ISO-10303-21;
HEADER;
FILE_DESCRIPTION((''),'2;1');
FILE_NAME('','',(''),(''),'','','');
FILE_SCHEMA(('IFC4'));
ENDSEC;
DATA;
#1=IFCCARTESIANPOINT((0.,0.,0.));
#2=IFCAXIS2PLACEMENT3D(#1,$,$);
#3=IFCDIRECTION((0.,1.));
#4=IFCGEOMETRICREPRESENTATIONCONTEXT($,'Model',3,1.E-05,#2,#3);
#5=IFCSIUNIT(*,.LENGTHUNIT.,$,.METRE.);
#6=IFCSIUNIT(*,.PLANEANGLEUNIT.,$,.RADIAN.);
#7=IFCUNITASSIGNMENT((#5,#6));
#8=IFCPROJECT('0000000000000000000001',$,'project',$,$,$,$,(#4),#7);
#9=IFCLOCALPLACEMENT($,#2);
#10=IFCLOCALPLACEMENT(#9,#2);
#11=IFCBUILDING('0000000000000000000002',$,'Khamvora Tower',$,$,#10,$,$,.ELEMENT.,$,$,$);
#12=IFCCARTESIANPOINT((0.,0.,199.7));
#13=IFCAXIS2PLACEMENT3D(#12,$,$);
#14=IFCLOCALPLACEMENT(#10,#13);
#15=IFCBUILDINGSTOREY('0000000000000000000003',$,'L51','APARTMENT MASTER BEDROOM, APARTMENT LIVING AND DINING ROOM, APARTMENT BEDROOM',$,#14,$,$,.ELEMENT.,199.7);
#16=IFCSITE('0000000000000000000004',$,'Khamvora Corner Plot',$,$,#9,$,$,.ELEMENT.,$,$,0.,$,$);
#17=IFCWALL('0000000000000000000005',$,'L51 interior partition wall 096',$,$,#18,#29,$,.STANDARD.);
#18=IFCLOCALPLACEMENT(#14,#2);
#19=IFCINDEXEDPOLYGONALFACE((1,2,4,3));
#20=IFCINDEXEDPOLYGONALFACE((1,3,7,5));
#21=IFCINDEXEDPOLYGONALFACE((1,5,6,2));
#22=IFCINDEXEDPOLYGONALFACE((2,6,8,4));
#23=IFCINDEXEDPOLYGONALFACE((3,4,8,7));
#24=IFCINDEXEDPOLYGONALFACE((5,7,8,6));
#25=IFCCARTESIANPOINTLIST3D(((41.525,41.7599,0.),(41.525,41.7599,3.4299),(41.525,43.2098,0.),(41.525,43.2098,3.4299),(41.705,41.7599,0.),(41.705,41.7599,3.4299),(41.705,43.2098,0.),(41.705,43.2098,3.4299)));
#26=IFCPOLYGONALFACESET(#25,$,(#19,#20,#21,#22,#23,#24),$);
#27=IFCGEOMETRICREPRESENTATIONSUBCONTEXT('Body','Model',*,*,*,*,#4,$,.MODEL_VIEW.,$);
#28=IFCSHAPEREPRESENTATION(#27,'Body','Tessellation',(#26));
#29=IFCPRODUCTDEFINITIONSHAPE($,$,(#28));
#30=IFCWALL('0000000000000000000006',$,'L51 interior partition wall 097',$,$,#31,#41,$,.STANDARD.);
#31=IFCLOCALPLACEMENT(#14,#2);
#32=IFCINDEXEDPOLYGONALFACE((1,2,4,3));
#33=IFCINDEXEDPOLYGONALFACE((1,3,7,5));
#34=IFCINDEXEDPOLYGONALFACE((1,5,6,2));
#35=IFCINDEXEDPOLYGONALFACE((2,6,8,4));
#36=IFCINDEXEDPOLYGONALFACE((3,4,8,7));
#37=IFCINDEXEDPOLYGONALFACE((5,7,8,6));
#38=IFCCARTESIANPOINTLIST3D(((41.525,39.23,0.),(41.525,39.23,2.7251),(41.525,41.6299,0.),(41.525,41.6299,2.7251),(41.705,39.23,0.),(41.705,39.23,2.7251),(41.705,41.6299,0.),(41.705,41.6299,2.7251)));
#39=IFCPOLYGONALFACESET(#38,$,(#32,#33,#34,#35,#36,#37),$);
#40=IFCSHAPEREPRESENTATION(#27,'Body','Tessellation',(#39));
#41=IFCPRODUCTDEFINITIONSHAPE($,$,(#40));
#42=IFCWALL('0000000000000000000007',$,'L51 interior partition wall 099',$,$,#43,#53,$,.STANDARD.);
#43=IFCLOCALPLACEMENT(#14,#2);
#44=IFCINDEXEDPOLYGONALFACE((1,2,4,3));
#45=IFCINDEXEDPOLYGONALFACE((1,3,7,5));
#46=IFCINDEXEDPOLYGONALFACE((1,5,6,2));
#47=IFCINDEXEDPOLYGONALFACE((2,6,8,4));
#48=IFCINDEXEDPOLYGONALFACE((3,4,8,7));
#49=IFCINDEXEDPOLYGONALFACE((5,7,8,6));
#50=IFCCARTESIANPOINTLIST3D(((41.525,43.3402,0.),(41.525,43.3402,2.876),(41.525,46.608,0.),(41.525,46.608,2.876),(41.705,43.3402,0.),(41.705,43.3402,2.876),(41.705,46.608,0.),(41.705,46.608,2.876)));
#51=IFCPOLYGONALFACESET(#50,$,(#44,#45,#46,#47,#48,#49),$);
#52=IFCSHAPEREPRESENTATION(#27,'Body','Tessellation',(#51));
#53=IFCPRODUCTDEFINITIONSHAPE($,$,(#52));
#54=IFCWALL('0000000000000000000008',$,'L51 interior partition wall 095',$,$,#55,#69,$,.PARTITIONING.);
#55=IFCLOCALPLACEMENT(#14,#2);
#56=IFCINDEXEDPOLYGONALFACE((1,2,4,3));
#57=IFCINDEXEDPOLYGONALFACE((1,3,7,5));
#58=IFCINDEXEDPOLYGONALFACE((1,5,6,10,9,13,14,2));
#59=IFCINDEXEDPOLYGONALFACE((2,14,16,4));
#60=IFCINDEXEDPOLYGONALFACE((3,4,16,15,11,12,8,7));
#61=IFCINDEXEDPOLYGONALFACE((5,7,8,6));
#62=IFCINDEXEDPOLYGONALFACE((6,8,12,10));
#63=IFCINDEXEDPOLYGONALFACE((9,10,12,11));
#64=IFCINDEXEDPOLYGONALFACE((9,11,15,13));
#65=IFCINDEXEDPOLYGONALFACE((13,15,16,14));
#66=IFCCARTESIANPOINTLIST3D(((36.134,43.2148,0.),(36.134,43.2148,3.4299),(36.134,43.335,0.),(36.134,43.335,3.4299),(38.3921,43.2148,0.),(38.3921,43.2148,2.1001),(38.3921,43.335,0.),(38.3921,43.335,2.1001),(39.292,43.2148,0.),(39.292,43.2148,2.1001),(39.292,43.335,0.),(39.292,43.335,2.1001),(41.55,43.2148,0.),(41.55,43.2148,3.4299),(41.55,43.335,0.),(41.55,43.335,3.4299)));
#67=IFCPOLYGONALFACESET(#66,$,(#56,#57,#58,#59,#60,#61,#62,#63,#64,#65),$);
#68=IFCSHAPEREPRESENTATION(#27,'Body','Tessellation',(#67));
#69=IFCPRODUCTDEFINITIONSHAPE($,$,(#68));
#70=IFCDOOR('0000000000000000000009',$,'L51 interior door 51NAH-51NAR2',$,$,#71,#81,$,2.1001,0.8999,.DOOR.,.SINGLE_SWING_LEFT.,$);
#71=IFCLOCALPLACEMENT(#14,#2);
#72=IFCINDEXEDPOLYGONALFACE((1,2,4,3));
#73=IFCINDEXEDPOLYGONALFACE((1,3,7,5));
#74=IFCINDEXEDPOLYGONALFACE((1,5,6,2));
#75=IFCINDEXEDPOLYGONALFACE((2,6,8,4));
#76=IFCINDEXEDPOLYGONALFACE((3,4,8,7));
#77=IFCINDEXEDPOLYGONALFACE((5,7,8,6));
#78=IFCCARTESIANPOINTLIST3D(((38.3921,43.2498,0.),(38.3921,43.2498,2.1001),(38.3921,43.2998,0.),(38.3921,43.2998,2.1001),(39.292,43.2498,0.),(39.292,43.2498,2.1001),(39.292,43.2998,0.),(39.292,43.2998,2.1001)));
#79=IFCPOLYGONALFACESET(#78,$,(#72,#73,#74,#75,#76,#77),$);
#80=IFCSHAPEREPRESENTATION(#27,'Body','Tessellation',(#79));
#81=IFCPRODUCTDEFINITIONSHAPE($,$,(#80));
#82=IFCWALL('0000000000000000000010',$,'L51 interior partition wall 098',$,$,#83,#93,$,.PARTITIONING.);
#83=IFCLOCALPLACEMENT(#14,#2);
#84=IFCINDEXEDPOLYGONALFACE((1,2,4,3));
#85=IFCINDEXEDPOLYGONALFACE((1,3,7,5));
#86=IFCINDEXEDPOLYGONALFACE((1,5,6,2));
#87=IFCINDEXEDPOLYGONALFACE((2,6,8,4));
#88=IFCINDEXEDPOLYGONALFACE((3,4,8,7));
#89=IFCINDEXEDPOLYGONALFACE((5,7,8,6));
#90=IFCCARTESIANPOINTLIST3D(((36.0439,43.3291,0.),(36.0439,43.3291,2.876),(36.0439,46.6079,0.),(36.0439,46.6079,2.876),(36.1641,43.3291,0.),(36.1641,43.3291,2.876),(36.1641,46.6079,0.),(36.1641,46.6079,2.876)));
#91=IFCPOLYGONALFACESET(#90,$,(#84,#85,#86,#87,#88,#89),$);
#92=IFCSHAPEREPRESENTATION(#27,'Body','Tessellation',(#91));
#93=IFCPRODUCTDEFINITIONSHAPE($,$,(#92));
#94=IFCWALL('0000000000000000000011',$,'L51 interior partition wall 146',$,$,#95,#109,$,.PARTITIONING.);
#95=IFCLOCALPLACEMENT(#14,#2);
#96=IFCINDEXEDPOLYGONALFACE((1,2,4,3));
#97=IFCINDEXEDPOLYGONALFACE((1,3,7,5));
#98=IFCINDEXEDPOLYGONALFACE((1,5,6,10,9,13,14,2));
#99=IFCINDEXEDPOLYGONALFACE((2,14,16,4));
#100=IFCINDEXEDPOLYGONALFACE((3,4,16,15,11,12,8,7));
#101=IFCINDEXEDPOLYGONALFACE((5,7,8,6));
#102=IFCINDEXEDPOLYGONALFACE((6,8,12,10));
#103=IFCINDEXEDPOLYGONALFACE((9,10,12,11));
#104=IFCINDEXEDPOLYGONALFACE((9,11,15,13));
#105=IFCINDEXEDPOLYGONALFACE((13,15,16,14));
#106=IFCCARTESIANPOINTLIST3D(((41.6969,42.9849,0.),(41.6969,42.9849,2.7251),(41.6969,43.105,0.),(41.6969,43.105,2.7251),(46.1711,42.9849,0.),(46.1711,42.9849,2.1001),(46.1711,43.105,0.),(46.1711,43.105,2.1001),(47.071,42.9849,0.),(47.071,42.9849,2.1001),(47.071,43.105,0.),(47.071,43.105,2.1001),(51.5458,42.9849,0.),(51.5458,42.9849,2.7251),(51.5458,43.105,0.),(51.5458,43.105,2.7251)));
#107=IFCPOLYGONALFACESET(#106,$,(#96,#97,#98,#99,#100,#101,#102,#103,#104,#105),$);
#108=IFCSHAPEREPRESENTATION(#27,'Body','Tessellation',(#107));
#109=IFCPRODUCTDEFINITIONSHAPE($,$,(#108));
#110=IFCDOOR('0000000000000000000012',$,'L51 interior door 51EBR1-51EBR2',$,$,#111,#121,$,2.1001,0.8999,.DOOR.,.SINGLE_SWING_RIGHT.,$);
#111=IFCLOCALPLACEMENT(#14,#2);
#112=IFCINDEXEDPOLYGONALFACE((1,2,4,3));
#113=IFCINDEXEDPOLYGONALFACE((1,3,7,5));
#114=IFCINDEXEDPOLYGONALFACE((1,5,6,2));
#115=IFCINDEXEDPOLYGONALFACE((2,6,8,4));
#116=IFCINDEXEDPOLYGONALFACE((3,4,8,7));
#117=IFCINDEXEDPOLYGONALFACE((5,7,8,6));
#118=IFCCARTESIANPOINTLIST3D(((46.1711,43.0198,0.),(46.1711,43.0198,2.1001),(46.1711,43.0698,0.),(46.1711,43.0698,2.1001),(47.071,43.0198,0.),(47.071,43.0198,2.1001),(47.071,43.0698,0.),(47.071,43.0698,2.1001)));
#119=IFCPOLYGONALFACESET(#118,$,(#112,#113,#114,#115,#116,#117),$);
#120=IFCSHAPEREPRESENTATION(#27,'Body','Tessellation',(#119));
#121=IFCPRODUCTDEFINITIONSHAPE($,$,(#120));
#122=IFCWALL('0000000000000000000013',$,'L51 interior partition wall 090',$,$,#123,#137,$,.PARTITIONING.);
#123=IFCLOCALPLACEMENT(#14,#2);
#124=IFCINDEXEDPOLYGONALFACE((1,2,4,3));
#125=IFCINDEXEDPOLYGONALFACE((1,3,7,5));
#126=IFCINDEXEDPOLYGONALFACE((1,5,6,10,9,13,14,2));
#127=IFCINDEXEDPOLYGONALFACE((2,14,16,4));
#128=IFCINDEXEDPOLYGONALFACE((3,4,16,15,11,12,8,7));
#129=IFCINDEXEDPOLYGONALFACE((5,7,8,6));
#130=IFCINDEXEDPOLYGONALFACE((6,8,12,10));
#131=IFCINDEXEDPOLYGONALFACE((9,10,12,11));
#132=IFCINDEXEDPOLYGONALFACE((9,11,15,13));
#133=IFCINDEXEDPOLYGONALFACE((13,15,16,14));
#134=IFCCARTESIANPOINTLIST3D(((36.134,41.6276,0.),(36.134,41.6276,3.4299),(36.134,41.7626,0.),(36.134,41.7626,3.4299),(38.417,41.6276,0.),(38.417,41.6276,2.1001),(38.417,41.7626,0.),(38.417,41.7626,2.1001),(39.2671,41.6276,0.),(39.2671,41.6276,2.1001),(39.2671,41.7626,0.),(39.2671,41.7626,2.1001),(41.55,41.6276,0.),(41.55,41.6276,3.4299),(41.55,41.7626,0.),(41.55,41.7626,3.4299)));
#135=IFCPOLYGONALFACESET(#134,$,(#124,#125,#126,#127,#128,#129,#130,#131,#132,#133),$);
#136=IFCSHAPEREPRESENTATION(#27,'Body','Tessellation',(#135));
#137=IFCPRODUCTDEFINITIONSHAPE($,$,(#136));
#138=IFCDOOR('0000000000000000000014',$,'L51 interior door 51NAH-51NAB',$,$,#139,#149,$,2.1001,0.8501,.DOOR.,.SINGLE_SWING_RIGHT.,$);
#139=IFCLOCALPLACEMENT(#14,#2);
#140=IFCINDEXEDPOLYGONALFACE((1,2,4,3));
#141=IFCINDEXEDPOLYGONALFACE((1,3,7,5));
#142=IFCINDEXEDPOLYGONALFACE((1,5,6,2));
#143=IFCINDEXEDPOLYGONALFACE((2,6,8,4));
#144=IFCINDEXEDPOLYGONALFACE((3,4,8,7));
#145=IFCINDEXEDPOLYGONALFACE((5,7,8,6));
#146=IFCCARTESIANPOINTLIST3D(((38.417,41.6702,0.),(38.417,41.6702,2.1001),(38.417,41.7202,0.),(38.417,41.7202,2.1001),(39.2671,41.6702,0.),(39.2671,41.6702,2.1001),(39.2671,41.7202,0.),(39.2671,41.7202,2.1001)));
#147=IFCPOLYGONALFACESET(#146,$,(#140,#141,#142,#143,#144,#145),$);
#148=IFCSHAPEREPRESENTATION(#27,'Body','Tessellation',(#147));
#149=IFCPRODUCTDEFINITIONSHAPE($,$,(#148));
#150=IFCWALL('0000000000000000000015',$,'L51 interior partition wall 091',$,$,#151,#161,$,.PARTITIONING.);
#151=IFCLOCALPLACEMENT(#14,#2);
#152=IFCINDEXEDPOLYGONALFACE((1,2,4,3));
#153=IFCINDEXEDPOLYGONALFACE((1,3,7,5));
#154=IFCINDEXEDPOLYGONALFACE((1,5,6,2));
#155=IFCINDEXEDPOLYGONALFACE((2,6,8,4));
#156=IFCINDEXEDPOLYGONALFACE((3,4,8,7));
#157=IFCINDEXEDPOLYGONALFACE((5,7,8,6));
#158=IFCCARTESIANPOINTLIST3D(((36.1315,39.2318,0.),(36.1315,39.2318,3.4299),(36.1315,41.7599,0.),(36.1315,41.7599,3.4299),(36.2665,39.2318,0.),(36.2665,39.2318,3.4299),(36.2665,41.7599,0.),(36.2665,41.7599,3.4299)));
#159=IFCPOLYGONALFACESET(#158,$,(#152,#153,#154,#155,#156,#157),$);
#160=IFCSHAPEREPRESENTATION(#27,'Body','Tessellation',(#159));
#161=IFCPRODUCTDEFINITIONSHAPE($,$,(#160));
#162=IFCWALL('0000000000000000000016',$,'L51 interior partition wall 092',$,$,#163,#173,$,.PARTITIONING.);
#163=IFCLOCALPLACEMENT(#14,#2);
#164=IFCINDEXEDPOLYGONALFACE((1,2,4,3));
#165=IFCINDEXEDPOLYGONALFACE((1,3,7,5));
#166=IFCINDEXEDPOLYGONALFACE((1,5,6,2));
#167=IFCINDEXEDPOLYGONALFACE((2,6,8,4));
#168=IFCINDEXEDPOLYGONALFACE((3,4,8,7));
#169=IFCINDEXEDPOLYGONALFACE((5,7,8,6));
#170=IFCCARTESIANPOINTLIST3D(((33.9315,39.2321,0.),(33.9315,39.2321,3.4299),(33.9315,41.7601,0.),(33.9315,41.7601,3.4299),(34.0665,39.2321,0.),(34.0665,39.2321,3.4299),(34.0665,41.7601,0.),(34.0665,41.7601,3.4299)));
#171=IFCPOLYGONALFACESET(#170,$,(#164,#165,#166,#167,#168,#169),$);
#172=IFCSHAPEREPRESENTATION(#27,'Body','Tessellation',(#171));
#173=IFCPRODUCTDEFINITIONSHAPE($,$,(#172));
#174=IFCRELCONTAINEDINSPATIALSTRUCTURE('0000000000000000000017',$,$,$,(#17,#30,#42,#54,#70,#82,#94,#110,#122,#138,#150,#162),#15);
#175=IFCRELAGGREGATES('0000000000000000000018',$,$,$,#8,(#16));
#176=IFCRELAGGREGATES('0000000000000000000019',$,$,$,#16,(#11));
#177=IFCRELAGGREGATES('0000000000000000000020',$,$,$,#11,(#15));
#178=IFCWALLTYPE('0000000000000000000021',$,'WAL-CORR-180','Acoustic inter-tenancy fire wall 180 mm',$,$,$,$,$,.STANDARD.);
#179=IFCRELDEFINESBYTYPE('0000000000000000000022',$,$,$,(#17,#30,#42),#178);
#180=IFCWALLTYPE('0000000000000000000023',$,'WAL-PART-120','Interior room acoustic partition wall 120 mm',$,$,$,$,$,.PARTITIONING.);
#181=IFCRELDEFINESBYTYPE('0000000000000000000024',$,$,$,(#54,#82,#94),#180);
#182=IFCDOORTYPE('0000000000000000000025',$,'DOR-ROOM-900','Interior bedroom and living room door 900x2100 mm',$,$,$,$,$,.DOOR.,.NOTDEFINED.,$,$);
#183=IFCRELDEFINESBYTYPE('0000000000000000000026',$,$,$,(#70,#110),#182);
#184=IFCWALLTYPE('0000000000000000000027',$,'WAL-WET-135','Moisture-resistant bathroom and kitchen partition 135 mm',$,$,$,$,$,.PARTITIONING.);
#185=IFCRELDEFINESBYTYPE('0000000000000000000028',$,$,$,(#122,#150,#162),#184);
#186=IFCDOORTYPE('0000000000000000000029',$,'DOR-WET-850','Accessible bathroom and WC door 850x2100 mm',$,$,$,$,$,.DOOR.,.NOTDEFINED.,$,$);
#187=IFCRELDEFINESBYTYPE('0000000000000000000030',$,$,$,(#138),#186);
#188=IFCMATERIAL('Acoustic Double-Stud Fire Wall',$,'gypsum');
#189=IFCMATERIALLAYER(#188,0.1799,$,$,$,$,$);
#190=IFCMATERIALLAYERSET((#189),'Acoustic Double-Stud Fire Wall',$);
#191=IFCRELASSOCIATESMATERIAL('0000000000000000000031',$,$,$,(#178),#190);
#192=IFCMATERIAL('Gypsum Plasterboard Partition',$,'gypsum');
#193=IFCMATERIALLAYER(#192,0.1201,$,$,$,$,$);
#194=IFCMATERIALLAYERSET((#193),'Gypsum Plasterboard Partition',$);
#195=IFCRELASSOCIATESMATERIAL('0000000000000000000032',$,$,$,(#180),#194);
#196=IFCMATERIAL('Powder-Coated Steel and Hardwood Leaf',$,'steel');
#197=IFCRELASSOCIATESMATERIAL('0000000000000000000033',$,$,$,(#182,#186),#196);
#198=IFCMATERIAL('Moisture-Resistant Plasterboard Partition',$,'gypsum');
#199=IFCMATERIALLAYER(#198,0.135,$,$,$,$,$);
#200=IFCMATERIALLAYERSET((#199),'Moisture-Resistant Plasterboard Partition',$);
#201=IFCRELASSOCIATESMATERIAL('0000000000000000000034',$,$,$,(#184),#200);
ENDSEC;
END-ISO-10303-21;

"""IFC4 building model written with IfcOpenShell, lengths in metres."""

from ifc_helpers import new_model, si_unit, direction, frame, frame_2d, origin, place, context, subcontext, project, spatial, rectangle, extrude, material, layer, layer_set, type_object, element, fill, save


model = new_model("IFC4")

# Units and contexts
model_context = context("Model", 3, precision=1e-05, world=origin(), true_north=direction((0.0, 1.0)))
body_context = subcontext(model_context, "Body", "Model", "MODEL_VIEW")
ifc_project = project(units=[si_unit("LENGTHUNIT", "METRE"), si_unit("PLANEANGLEUNIT", "RADIAN")], contexts=[model_context])

# Site, building, storey
site_placement = place(None, origin())
site = spatial("IfcSite", under=ifc_project, at=site_placement, Name="Khamvora Corner Plot", CompositionType="ELEMENT", RefElevation=0.0)
building_placement = place(site_placement, origin())
building = spatial("IfcBuilding", under=site, at=building_placement, Name="Khamvora Tower", CompositionType="ELEMENT")
storey_placement = place(building_placement, frame((0.0, 0.0, 199.7)))
storey = spatial("IfcBuildingStorey", under=building, at=storey_placement, Name="L51", Description="APARTMENT MASTER BEDROOM, APARTMENT LIVING AND DINING ROOM, APARTMENT BEDROOM", CompositionType="ELEMENT", Elevation=199.7)

# Shared definitions
ifc_material_1 = material(Name="Powder-Coated Steel and Hardwood Leaf", Category="steel")

# Walls
ifc_material_2 = material(Name="Acoustic Double-Stud Fire Wall", Category="gypsum")
ifc_layer_1 = layer(ifc_material_2, 0.1799)
ifc_layer_set_1 = layer_set([ifc_layer_1], Name="Acoustic Double-Stud Fire Wall")
wall_type_1 = type_object("IfcWallType", Name="WAL-CORR-180", Description="Acoustic inter-tenancy fire wall 180 mm", PredefinedType="STANDARD", material=ifc_layer_set_1)
wall_1_placement = place(storey_placement, frame((41.615, 43.21, 0.0), z_axis=(0.0, 0.0, 1.0), x_axis=(0.0, -1.0, 0.0)))
element("IfcWall", 1, at=wall_1_placement, inside=storey, type_object=wall_type_1, Name="L51 interior partition wall 096", PredefinedType="STANDARD", context=body_context, shape_type="SweptSolid", body=[
    extrude(rectangle(XDim=1.45, YDim=0.1799, at=frame_2d((0.7251, 0.0))), origin(), (0.0, 0.0, 1.0), 3.4299),
])
wall_2_placement = place(storey_placement, frame((41.615, 41.6299, 0.0), z_axis=(0.0, 0.0, 1.0), x_axis=(0.0, -1.0, 0.0)))
element("IfcWall", 2, at=wall_2_placement, inside=storey, type_object=wall_type_1, Name="L51 interior partition wall 097", PredefinedType="STANDARD", context=body_context, shape_type="SweptSolid", body=[
    extrude(rectangle(XDim=2.3999, YDim=0.1799, at=frame_2d((1.2, 0.0))), origin(), (0.0, 0.0, 1.0), 2.7251),
])
wall_3_placement = place(storey_placement, frame((41.615, 46.6079, 0.0), z_axis=(0.0, 0.0, 1.0), x_axis=(0.0, -1.0, 0.0)))
element("IfcWall", 3, at=wall_3_placement, inside=storey, type_object=wall_type_1, Name="L51 interior partition wall 099", PredefinedType="STANDARD", context=body_context, shape_type="SweptSolid", body=[
    extrude(rectangle(XDim=3.2678, YDim=0.1799, at=frame_2d((1.6338, 0.0))), origin(), (0.0, 0.0, 1.0), 2.876),
])

# Wall, opening, door
ifc_material_3 = material(Name="Gypsum Plasterboard Partition", Category="gypsum")
ifc_layer_2 = layer(ifc_material_3, 0.1201)
ifc_layer_set_2 = layer_set([ifc_layer_2], Name="Gypsum Plasterboard Partition")
wall_type_2 = type_object("IfcWallType", Name="WAL-PART-120", Description="Interior room acoustic partition wall 120 mm", PredefinedType="PARTITIONING", material=ifc_layer_set_2)
wall_4_placement = place(storey_placement, frame((36.134, 43.2749, 0.0), z_axis=(0.0, 0.0, 1.0), x_axis=(1.0, 0.0, 0.0)))
wall_4 = element("IfcWall", 4, at=wall_4_placement, inside=storey, type_object=wall_type_2, Name="L51 interior partition wall 095", PredefinedType="PARTITIONING", context=body_context, shape_type="SweptSolid", body=[
    extrude(rectangle(XDim=5.416, YDim=0.1201, at=frame_2d((2.708, 0.0))), origin(), (0.0, 0.0, 1.0), 3.4299),
])
opening_1_placement = place(wall_4_placement, frame((2.2581, 0.0, 0.0)))
opening_1 = element("IfcOpeningElement", 5, at=opening_1_placement, cuts=wall_4, PredefinedType="OPENING", context=body_context, shape_type="SweptSolid", body=[
    extrude(rectangle(XDim=0.8999, YDim=2.1001, at=frame_2d((0.45, 1.05))), frame((0.0, 0.0701, 0.0), z_axis=(0.0, -1.0, 0.0), x_axis=(1.0, 0.0, 0.0)), (0.0, 0.0, 1.0), 0.1401),
])
door_type_1 = type_object("IfcDoorType", Name="DOR-ROOM-900", Description="Interior bedroom and living room door 900x2100 mm", OperationType="NOTDEFINED", PredefinedType="DOOR", material=ifc_material_1)
door_1_placement = place(opening_1_placement, origin())
door_1 = element("IfcDoor", 6, at=door_1_placement, inside=storey, type_object=door_type_1, Name="L51 interior door 51NAH-51NAR2", OperationType="SINGLE_SWING_LEFT", OverallHeight=2.1001, OverallWidth=0.8999, PredefinedType="DOOR", context=body_context, shape_type="SweptSolid", body=[
    extrude(rectangle(XDim=0.8999, YDim=2.1001, at=frame_2d((0.45, 1.05))), frame((0.0, 0.0249, 0.0), z_axis=(0.0, -1.0, 0.0), x_axis=(1.0, 0.0, 0.0)), (0.0, 0.0, 1.0), 0.05),
])
fill(opening_1, door_1)

# Wall
wall_5_placement = place(storey_placement, frame((36.104, 46.6079, 0.0), z_axis=(0.0, 0.0, 1.0), x_axis=(0.0, -1.0, 0.0)))
element("IfcWall", 7, at=wall_5_placement, inside=storey, type_object=wall_type_2, Name="L51 interior partition wall 098", PredefinedType="PARTITIONING", context=body_context, shape_type="SweptSolid", body=[
    extrude(rectangle(XDim=3.2788, YDim=0.1201, at=frame_2d((1.6394, 0.0))), origin(), (0.0, 0.0, 1.0), 2.876),
])

# Walls, openings, doors
wall_6_placement = place(storey_placement, frame((41.697, 43.0449, 0.0), z_axis=(0.0, 0.0, 1.0), x_axis=(1.0, 0.0, 0.0)))
wall_6 = element("IfcWall", 8, at=wall_6_placement, inside=storey, type_object=wall_type_2, Name="L51 interior partition wall 146", PredefinedType="PARTITIONING", context=body_context, shape_type="SweptSolid", body=[
    extrude(rectangle(XDim=9.8489, YDim=0.1201, at=frame_2d((4.9243, 0.0))), origin(), (0.0, 0.0, 1.0), 2.7251),
])
opening_2_placement = place(wall_6_placement, frame((4.4741, 0.0, 0.0)))
opening_2 = element("IfcOpeningElement", 9, at=opening_2_placement, cuts=wall_6, PredefinedType="OPENING", context=body_context, shape_type="SweptSolid", body=[
    extrude(rectangle(XDim=0.8999, YDim=2.1001, at=frame_2d((0.45, 1.05))), frame((0.0, 0.0701, 0.0), z_axis=(0.0, -1.0, 0.0), x_axis=(1.0, 0.0, 0.0)), (0.0, 0.0, 1.0), 0.1401),
])
door_2_placement = place(opening_2_placement, origin())
door_2 = element("IfcDoor", 10, at=door_2_placement, inside=storey, type_object=door_type_1, Name="L51 interior door 51EBR1-51EBR2", OperationType="SINGLE_SWING_RIGHT", OverallHeight=2.1001, OverallWidth=0.8999, PredefinedType="DOOR", context=body_context, shape_type="SweptSolid", body=[
    extrude(rectangle(XDim=0.8999, YDim=2.1001, at=frame_2d((0.45, 1.05))), frame((0.0, 0.0249, 0.0), z_axis=(0.0, -1.0, 0.0), x_axis=(1.0, 0.0, 0.0)), (0.0, 0.0, 1.0), 0.05),
])
fill(opening_2, door_2)
ifc_material_4 = material(Name="Moisture-Resistant Plasterboard Partition", Category="gypsum")
ifc_layer_3 = layer(ifc_material_4, 0.135)
ifc_layer_set_3 = layer_set([ifc_layer_3], Name="Moisture-Resistant Plasterboard Partition")
wall_type_3 = type_object("IfcWallType", Name="WAL-WET-135", Description="Moisture-resistant bathroom and kitchen partition 135 mm", PredefinedType="PARTITIONING", material=ifc_layer_set_3)
wall_7_placement = place(storey_placement, frame((41.55, 41.6951, 0.0), z_axis=(0.0, 0.0, 1.0), x_axis=(-1.0, 0.0, 0.0)))
wall_7 = element("IfcWall", 11, at=wall_7_placement, inside=storey, type_object=wall_type_3, Name="L51 interior partition wall 090", PredefinedType="PARTITIONING", context=body_context, shape_type="SweptSolid", body=[
    extrude(rectangle(XDim=5.416, YDim=0.135, at=frame_2d((2.708, 0.0))), origin(), (0.0, 0.0, 1.0), 3.4299),
])
opening_3_placement = place(wall_7_placement, frame((2.283, 0.0, 0.0)))
opening_3 = element("IfcOpeningElement", 12, at=opening_3_placement, cuts=wall_7, PredefinedType="OPENING", context=body_context, shape_type="SweptSolid", body=[
    extrude(rectangle(XDim=0.8501, YDim=2.1001, at=frame_2d((0.425, 1.05))), frame((0.0, 0.0774, 0.0), z_axis=(0.0, -1.0, 0.0), x_axis=(1.0, 0.0, 0.0)), (0.0, 0.0, 1.0), 0.155),
])
door_type_2 = type_object("IfcDoorType", Name="DOR-WET-850", Description="Accessible bathroom and WC door 850x2100 mm", OperationType="NOTDEFINED", PredefinedType="DOOR", material=ifc_material_1)
door_3_placement = place(opening_3_placement, origin())
door_3 = element("IfcDoor", 13, at=door_3_placement, inside=storey, type_object=door_type_2, Name="L51 interior door 51NAH-51NAB", OperationType="SINGLE_SWING_RIGHT", OverallHeight=2.1001, OverallWidth=0.8501, PredefinedType="DOOR", context=body_context, shape_type="SweptSolid", body=[
    extrude(rectangle(XDim=0.8501, YDim=2.1001, at=frame_2d((0.425, 1.05))), frame((0.0, 0.0249, 0.0), z_axis=(0.0, -1.0, 0.0), x_axis=(1.0, 0.0, 0.0)), (0.0, 0.0, 1.0), 0.05),
])
fill(opening_3, door_3)

# Walls
for number, where, z_axis, x_axis, name in (
    (14, (36.199, 41.76, 0.0), (0.0, 0.0, 1.0), (0.0, -1.0, 0.0), "L51 interior partition wall 091"),
    (15, (33.999, 39.2319, 0.0), (0.0, 0.0, 1.0), (0.0, 1.0, 0.0), "L51 interior partition wall 092"),
):
    element("IfcWall", number, at=place(storey_placement, frame(where, z_axis=z_axis, x_axis=x_axis)), inside=storey, type_object=wall_type_3, Name=name, PredefinedType="PARTITIONING", context=body_context, shape_type="SweptSolid", body=[
        extrude(rectangle(XDim=2.5281, YDim=0.135, at=frame_2d((1.2642, 0.0))), origin(), (0.0, 0.0, 1.0), 3.4299),
    ])

save(model, "model.ifc")
